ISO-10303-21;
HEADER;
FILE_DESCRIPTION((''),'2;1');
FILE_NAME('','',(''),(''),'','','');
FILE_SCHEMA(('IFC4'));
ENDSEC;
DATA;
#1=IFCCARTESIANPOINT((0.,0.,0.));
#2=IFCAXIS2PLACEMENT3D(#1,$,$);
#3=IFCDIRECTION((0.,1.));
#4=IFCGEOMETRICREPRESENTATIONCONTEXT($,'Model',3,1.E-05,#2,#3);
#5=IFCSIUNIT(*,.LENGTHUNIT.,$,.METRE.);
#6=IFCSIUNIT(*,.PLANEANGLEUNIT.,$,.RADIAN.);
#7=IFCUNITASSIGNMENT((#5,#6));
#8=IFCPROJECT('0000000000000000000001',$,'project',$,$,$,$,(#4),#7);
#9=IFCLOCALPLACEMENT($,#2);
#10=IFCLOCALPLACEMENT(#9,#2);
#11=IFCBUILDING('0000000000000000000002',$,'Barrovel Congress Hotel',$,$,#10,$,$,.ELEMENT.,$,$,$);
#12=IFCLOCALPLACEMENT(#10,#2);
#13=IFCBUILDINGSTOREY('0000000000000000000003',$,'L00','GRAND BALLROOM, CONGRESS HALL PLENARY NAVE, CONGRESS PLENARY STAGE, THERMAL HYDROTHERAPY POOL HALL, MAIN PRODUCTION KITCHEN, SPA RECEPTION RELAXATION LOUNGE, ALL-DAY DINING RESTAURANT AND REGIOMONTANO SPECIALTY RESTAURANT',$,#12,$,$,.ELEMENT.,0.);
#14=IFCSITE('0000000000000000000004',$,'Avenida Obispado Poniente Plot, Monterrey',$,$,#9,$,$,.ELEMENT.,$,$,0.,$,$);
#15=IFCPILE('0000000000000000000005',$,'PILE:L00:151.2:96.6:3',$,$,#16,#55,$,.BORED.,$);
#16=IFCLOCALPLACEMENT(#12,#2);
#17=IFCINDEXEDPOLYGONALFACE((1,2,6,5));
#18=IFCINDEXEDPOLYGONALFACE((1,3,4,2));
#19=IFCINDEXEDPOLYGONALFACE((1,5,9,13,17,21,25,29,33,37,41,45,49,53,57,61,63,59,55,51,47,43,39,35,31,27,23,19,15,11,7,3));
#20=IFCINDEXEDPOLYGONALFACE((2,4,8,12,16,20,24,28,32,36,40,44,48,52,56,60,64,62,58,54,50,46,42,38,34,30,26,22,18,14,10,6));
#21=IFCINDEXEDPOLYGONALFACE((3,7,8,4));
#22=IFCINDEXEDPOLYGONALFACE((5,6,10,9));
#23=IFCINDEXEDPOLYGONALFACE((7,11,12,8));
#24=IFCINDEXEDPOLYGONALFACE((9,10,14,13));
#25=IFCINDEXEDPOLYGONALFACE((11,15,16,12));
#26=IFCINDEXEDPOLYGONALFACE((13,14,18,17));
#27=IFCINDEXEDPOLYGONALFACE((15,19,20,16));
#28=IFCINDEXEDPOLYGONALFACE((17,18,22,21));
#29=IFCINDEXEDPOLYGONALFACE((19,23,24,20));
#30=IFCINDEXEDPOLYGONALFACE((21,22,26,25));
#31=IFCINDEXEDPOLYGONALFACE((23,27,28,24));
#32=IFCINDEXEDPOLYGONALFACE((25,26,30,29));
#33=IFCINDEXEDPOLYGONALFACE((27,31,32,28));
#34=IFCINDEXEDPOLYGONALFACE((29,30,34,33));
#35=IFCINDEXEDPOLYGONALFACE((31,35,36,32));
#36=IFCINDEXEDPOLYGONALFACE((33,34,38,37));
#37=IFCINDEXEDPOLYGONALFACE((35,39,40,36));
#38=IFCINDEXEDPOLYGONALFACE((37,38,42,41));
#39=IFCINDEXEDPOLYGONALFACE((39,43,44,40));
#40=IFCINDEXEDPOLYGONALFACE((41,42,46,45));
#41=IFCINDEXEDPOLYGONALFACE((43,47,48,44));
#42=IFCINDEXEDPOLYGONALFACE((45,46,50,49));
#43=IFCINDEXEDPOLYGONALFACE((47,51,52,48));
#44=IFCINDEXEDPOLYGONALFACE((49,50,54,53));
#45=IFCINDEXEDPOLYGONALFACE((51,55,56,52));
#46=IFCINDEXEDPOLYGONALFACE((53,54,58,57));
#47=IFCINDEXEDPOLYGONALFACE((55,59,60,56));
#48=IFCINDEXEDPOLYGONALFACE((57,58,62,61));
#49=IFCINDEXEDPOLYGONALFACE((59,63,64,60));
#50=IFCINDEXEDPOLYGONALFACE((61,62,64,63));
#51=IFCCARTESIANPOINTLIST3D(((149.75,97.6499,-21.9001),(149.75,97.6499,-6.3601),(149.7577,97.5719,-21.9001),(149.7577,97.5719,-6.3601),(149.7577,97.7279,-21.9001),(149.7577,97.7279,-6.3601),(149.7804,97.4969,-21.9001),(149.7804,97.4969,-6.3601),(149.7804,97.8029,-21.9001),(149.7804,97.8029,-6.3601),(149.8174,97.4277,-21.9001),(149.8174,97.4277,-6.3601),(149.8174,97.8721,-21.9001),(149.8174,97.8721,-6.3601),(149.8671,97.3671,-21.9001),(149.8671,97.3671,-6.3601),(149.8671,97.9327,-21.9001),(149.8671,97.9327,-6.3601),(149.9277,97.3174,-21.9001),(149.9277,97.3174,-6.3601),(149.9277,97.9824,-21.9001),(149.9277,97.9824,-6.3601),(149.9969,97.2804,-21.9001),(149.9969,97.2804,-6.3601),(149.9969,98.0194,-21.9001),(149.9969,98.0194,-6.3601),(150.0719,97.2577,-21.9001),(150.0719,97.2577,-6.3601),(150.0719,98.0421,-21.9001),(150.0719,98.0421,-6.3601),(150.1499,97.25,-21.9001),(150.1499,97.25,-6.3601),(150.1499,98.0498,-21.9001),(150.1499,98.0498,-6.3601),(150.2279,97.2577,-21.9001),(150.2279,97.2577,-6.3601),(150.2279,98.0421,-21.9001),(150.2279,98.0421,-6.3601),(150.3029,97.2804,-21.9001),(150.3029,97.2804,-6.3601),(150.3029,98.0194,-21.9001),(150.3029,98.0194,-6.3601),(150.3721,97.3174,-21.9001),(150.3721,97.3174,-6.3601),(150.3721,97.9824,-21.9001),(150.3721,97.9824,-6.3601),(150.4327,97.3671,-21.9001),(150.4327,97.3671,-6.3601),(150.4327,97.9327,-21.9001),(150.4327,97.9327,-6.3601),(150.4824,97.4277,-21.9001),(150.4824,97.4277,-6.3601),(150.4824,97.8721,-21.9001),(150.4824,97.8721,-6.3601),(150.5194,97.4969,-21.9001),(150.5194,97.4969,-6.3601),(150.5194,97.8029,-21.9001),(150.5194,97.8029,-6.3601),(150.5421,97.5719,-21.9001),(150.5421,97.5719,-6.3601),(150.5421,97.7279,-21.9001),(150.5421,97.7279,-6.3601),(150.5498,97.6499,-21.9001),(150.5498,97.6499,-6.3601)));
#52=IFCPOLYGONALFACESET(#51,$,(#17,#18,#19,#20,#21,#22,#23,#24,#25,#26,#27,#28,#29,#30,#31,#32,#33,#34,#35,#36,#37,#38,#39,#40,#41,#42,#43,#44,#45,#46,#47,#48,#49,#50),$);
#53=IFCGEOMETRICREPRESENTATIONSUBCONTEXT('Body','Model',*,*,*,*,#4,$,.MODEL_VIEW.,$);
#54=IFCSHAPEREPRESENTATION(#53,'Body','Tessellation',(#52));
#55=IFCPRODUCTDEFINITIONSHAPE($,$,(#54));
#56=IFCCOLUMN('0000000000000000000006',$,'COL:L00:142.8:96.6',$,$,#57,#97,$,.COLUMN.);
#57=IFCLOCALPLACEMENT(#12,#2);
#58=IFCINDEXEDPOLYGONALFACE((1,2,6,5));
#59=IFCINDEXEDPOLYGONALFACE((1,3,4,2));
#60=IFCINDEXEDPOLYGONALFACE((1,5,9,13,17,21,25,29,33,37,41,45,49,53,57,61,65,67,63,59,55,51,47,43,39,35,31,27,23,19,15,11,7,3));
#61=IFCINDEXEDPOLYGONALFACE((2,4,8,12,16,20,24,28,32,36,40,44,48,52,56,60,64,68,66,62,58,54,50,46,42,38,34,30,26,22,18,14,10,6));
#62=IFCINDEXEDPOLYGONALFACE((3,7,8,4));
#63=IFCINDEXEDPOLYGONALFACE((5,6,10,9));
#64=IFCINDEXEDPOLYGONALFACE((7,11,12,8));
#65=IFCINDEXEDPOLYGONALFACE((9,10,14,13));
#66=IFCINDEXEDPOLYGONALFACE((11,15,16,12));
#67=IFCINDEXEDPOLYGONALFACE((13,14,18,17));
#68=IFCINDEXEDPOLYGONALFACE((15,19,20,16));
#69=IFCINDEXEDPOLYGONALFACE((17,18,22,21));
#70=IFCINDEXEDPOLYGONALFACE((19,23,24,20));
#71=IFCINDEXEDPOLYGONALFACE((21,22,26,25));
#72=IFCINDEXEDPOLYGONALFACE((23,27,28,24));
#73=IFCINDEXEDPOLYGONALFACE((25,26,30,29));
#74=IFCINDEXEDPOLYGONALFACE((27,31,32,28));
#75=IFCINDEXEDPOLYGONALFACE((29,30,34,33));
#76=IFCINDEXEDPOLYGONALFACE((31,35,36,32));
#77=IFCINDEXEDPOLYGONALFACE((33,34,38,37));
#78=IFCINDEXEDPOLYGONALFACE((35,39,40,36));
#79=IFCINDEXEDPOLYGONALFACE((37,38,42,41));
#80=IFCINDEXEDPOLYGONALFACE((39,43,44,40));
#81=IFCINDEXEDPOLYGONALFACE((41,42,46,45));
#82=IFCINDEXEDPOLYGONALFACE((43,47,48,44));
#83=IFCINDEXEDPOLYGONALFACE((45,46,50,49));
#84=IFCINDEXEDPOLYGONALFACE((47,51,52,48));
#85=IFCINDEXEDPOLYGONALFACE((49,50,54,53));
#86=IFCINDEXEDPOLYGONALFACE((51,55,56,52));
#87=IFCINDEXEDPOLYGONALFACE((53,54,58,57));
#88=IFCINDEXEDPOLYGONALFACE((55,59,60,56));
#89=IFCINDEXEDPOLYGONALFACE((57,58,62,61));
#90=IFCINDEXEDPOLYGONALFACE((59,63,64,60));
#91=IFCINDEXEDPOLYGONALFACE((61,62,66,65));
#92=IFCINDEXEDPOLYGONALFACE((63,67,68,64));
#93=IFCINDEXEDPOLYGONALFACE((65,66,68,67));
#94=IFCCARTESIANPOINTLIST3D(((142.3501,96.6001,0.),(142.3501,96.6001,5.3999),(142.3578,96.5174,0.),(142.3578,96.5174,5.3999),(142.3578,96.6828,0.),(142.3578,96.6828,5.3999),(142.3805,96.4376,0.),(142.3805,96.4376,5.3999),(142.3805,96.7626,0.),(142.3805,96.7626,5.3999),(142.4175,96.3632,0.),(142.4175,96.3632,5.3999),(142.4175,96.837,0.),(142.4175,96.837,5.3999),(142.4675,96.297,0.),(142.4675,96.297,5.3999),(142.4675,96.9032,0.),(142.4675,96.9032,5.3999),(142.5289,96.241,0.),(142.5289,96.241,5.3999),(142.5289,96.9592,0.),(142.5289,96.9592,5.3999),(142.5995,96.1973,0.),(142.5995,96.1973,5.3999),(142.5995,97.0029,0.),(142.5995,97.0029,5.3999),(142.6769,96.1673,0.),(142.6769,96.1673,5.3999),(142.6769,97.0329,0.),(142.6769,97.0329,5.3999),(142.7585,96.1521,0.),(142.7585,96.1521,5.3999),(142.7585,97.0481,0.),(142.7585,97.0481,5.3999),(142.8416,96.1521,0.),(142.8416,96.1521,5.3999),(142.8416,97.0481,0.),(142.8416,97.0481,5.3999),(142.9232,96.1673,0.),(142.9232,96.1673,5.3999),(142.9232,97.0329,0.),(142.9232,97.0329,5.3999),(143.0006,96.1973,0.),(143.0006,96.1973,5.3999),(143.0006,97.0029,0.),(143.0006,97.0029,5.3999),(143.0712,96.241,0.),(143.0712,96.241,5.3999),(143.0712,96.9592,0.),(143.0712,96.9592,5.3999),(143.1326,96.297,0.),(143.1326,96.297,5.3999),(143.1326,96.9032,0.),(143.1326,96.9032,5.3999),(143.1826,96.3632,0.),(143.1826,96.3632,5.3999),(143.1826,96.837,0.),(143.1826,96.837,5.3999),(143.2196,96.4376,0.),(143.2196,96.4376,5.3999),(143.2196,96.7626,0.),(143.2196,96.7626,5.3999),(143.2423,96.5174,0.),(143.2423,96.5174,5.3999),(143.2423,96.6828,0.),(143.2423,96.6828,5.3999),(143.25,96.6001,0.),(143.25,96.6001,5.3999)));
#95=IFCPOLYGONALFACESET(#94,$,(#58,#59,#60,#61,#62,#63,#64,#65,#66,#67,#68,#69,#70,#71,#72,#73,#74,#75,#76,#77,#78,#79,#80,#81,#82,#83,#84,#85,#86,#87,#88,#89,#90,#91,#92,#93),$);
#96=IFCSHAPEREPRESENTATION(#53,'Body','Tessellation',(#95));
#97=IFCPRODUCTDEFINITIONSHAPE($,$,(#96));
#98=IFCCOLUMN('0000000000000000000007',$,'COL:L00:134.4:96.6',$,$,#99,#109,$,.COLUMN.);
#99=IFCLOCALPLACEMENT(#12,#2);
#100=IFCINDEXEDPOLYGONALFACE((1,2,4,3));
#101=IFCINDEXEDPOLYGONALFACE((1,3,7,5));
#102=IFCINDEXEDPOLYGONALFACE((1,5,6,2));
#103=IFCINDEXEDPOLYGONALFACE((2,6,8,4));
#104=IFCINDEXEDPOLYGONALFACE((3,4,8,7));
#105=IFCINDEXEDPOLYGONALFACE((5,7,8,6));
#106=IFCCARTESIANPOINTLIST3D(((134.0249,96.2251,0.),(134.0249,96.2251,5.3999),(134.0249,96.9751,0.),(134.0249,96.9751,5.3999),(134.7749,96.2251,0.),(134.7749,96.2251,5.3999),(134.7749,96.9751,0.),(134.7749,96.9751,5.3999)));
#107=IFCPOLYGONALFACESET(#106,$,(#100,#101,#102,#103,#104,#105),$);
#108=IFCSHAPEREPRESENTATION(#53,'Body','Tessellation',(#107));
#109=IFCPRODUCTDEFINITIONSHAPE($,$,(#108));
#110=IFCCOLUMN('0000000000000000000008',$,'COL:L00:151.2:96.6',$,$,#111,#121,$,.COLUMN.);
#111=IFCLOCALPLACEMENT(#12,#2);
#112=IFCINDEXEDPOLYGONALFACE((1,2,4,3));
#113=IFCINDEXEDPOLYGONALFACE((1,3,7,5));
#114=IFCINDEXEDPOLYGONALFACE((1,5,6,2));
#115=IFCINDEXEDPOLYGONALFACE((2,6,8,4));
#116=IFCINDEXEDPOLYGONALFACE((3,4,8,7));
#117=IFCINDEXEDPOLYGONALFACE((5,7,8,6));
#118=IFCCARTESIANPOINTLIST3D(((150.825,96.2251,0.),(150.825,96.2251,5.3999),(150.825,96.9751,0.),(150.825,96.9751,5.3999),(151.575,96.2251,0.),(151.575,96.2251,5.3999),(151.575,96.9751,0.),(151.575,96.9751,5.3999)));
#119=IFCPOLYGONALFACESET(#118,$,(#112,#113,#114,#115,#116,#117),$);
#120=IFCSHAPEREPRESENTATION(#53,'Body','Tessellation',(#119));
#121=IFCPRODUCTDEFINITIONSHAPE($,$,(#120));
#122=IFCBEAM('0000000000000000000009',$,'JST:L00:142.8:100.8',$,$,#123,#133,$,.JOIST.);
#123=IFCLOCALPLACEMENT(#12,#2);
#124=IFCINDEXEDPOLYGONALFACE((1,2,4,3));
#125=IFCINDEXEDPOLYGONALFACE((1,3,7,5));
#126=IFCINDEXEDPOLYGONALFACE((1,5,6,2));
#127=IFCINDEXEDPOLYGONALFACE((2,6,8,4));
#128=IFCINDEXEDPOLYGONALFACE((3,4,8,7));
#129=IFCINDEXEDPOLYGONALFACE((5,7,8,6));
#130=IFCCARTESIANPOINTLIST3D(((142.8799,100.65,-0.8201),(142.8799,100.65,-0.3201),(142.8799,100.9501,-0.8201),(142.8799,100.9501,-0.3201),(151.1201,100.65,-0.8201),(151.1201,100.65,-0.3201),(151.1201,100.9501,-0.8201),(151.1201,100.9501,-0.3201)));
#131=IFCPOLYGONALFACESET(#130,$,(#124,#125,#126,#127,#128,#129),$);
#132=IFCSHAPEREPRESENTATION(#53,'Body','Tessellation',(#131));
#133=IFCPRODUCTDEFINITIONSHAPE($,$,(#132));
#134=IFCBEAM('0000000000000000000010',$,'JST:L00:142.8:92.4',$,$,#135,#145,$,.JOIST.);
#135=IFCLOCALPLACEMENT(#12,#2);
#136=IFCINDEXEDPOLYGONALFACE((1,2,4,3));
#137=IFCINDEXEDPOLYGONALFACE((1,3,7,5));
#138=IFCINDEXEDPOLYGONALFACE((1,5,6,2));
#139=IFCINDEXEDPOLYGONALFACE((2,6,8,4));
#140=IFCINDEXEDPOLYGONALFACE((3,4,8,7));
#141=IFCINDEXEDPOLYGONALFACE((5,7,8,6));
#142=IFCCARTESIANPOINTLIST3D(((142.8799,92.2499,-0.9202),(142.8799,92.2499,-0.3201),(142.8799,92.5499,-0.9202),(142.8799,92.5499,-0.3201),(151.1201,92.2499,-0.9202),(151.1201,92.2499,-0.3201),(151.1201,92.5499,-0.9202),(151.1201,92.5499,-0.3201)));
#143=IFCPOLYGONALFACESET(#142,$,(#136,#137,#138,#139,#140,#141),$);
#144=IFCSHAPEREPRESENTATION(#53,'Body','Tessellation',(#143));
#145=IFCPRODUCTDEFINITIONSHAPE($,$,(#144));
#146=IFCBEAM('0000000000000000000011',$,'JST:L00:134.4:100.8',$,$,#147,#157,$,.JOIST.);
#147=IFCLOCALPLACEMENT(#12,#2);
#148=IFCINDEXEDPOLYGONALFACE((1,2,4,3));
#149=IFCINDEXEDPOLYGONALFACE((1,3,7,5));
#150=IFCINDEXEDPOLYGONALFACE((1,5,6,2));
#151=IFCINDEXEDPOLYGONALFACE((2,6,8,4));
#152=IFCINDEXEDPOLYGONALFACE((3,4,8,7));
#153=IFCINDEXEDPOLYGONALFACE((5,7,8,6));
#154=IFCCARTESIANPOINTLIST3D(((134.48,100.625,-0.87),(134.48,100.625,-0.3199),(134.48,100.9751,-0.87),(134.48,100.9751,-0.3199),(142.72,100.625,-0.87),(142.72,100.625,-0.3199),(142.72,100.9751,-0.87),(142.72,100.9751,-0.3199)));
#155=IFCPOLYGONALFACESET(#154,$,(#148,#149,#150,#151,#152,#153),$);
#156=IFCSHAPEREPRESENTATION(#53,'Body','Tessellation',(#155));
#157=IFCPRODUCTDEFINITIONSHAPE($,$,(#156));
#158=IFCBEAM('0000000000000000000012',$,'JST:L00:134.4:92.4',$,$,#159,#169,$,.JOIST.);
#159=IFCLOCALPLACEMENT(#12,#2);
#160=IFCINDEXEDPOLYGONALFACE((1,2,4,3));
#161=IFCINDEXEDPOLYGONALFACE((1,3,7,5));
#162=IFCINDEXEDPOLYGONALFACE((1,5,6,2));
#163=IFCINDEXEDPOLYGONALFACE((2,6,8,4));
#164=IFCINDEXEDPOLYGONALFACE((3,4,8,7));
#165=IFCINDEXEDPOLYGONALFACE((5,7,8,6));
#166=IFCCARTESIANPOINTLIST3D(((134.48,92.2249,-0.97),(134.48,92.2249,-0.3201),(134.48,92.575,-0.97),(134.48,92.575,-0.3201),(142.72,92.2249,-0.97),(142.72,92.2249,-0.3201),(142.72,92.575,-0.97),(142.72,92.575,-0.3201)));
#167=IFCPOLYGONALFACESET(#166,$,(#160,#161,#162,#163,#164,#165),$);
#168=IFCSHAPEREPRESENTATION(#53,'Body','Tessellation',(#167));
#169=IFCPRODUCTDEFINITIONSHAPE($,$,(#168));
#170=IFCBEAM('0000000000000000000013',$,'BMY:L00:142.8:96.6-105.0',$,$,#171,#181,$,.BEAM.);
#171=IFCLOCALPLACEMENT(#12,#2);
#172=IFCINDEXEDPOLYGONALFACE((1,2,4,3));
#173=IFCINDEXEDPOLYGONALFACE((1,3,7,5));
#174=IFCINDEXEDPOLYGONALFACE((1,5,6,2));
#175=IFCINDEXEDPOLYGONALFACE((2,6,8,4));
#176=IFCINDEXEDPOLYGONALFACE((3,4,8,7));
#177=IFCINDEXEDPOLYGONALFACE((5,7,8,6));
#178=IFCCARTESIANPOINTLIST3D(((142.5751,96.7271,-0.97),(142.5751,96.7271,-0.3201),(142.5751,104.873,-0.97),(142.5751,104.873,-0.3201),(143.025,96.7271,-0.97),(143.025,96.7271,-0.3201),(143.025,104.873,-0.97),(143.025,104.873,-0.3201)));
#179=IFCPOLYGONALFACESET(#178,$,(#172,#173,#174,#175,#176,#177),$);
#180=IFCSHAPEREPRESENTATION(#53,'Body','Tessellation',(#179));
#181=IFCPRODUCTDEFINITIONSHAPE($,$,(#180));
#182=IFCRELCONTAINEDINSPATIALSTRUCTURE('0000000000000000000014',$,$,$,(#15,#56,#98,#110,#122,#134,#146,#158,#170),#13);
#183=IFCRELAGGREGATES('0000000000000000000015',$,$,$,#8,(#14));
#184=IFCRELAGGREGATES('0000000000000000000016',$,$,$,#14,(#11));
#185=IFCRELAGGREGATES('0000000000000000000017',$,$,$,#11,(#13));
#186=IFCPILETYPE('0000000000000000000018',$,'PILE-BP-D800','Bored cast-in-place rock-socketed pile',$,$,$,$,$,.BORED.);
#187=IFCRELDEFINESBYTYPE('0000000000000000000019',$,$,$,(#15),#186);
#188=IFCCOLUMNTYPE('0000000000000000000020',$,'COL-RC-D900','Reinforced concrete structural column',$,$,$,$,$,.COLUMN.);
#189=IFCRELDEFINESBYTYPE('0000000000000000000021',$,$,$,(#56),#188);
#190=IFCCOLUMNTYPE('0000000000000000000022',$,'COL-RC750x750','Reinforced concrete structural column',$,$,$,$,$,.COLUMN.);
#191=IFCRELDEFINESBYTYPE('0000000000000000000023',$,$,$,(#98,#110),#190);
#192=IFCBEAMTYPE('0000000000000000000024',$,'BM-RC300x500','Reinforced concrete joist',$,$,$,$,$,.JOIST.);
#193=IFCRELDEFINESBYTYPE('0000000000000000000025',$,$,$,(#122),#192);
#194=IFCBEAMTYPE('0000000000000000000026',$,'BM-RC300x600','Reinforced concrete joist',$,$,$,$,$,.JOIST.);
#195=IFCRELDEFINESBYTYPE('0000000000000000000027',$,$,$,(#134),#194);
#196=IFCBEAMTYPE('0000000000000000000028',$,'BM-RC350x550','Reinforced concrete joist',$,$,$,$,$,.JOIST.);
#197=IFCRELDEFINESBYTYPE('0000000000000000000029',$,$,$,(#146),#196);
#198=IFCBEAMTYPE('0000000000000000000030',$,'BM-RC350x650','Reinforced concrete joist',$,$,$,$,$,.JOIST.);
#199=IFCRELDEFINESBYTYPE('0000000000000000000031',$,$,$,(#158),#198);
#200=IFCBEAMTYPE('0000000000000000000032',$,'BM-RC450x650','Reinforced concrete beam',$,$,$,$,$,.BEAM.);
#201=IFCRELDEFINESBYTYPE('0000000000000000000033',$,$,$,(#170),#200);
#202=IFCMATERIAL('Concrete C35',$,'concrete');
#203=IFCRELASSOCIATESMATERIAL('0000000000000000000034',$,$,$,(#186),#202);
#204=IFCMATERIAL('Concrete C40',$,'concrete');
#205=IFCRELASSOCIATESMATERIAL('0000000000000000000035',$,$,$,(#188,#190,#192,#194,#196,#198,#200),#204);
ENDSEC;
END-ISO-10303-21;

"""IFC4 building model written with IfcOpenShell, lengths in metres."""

from ifc_helpers import new_model, si_unit, direction, frame, origin, origin_2d, place, context, subcontext, project, spatial, rectangle, circle, extrude, material, material_profile, profile_set, type_object, element, save


model = new_model("IFC4")

# Units and contexts
model_context = context("Model", 3, precision=1e-05, world=origin(), true_north=direction((0.0, 1.0)))
body_context = subcontext(model_context, "Body", "Model", "MODEL_VIEW")
ifc_project = project(units=[si_unit("LENGTHUNIT", "METRE"), si_unit("PLANEANGLEUNIT", "RADIAN")], contexts=[model_context])

# Site, building, storey
site_placement = place(None, origin())
site = spatial("IfcSite", under=ifc_project, at=site_placement, Name="Avenida Obispado Poniente Plot, Monterrey", CompositionType="ELEMENT", RefElevation=0.0)
building_placement = place(site_placement, origin())
building = spatial("IfcBuilding", under=site, at=building_placement, Name="Barrovel Congress Hotel", CompositionType="ELEMENT")
storey_placement = place(building_placement, origin())
storey = spatial("IfcBuildingStorey", under=building, at=storey_placement, Name="L00", Description="GRAND BALLROOM, CONGRESS HALL PLENARY NAVE, CONGRESS PLENARY STAGE, THERMAL HYDROTHERAPY POOL HALL, MAIN PRODUCTION KITCHEN, SPA RECEPTION RELAXATION LOUNGE, ALL-DAY DINING RESTAURANT AND REGIOMONTANO SPECIALTY RESTAURANT", CompositionType="ELEMENT", Elevation=0.0)

# Shared definitions
ifc_material_1 = material(Name="Concrete C40", Category="concrete")

# Pile
ifc_material_2 = material(Name="Concrete C35", Category="concrete")
ifc_material_profile_1 = material_profile(ifc_material_2, circle(Radius=0.3999, at=origin_2d()), Name="BP-D800")
ifc_profile_set_1 = profile_set([ifc_material_profile_1], Name="Concrete C35")
pile_type = type_object("IfcPileType", Name="PILE-BP-D800", Description="Bored cast-in-place rock-socketed pile", PredefinedType="BORED", material=ifc_profile_set_1)
for number, where, z_axis, x_axis, name in (
    (1, (150.1499, 97.6499, -6.3601), (0.0, 0.0, -1.0), (1.0, 0.0, 0.0), "PILE:L00:151.2:96.6:3"),
):
    element("IfcPile", number, at=place(storey_placement, frame(where, z_axis=z_axis, x_axis=x_axis)), inside=storey, type_object=pile_type, Name=name, PredefinedType="BORED", context=body_context, shape_type="SweptSolid", body=[
        extrude(circle(Radius=0.3999, at=origin_2d()), origin(), (0.0, 0.0, 1.0), 15.54),
    ])

# Columns
ifc_material_profile_2 = material_profile(ifc_material_1, circle(Radius=0.45, at=origin_2d()), Name="RC-D900")
ifc_profile_set_2 = profile_set([ifc_material_profile_2], Name="Concrete C40")
column_type_1 = type_object("IfcColumnType", Name="COL-RC-D900", Description="Reinforced concrete structural column", PredefinedType="COLUMN", material=ifc_profile_set_2)
column_placement = place(storey_placement, frame((142.8, 96.6001, 0.0), z_axis=(0.0, 0.0, 1.0), x_axis=(1.0, 0.0, 0.0)))
element("IfcColumn", 2, at=column_placement, inside=storey, type_object=column_type_1, Name="COL:L00:142.8:96.6", PredefinedType="COLUMN", context=body_context, shape_type="SweptSolid", body=[
    extrude(circle(Radius=0.45, at=origin_2d()), origin(), (0.0, 0.0, 1.0), 5.3999),
])
ifc_material_profile_3 = material_profile(ifc_material_1, rectangle(XDim=0.75, YDim=0.75, at=origin_2d()), Name="RC750x750")
ifc_profile_set_3 = profile_set([ifc_material_profile_3], Name="Concrete C40")
column_type_2 = type_object("IfcColumnType", Name="COL-RC750x750", Description="Reinforced concrete structural column", PredefinedType="COLUMN", material=ifc_profile_set_3)
for number, where, z_axis, x_axis, name in (
    (3, (134.3999, 96.6001, 0.0), (0.0, 0.0, 1.0), (1.0, 0.0, 0.0), "COL:L00:134.4:96.6"),
    (4, (151.2, 96.6001, 0.0), (0.0, 0.0, 1.0), (1.0, 0.0, 0.0), "COL:L00:151.2:96.6"),
):
    element("IfcColumn", number, at=place(storey_placement, frame(where, z_axis=z_axis, x_axis=x_axis)), inside=storey, type_object=column_type_2, Name=name, PredefinedType="COLUMN", context=body_context, shape_type="SweptSolid", body=[
        extrude(rectangle(XDim=0.75, YDim=0.75, at=origin_2d()), origin(), (0.0, 0.0, 1.0), 5.3999),
    ])

# Beams
ifc_material_profile_4 = material_profile(ifc_material_1, rectangle(XDim=0.3, YDim=0.5, at=origin_2d()), Name="RC300x500")
ifc_profile_set_4 = profile_set([ifc_material_profile_4], Name="Concrete C40")
beam_type_1 = type_object("IfcBeamType", Name="BM-RC300x500", Description="Reinforced concrete joist", PredefinedType="JOIST", material=ifc_profile_set_4)
beam_1_placement = place(storey_placement, frame((142.8799, 100.8, -0.5701), z_axis=(1.0, 0.0, 0.0), x_axis=(0.0, 1.0, 0.0)))
element("IfcBeam", 5, at=beam_1_placement, inside=storey, type_object=beam_type_1, Name="JST:L00:142.8:100.8", PredefinedType="JOIST", context=body_context, shape_type="SweptSolid", body=[
    extrude(rectangle(XDim=0.3, YDim=0.5, at=origin_2d()), origin(), (0.0, 0.0, 1.0), 8.2402),
])
ifc_material_profile_5 = material_profile(ifc_material_1, rectangle(XDim=0.3, YDim=0.6001, at=origin_2d()), Name="RC300x600")
ifc_profile_set_5 = profile_set([ifc_material_profile_5], Name="Concrete C40")
beam_type_2 = type_object("IfcBeamType", Name="BM-RC300x600", Description="Reinforced concrete joist", PredefinedType="JOIST", material=ifc_profile_set_5)
beam_2_placement = place(storey_placement, frame((142.8799, 92.3999, -0.6201), z_axis=(1.0, 0.0, 0.0), x_axis=(0.0, 1.0, 0.0)))
element("IfcBeam", 6, at=beam_2_placement, inside=storey, type_object=beam_type_2, Name="JST:L00:142.8:92.4", PredefinedType="JOIST", context=body_context, shape_type="SweptSolid", body=[
    extrude(rectangle(XDim=0.3, YDim=0.6001, at=origin_2d()), origin(), (0.0, 0.0, 1.0), 8.2402),
])
ifc_material_profile_6 = material_profile(ifc_material_1, rectangle(XDim=0.3501, YDim=0.55, at=origin_2d()), Name="RC350x550")
ifc_profile_set_6 = profile_set([ifc_material_profile_6], Name="Concrete C40")
beam_type_3 = type_object("IfcBeamType", Name="BM-RC350x550", Description="Reinforced concrete joist", PredefinedType="JOIST", material=ifc_profile_set_6)
beam_3_placement = place(storey_placement, frame((134.48, 100.8, -0.595), z_axis=(1.0, 0.0, 0.0), x_axis=(0.0, 1.0, 0.0)))
element("IfcBeam", 7, at=beam_3_placement, inside=storey, type_object=beam_type_3, Name="JST:L00:134.4:100.8", PredefinedType="JOIST", context=body_context, shape_type="SweptSolid", body=[
    extrude(rectangle(XDim=0.3501, YDim=0.55, at=origin_2d()), origin(), (0.0, 0.0, 1.0), 8.24),
])
ifc_material_profile_7 = material_profile(ifc_material_1, rectangle(XDim=0.3501, YDim=0.6499, at=origin_2d()), Name="RC350x650")
ifc_profile_set_7 = profile_set([ifc_material_profile_7], Name="Concrete C40")
beam_type_4 = type_object("IfcBeamType", Name="BM-RC350x650", Description="Reinforced concrete joist", PredefinedType="JOIST", material=ifc_profile_set_7)
beam_4_placement = place(storey_placement, frame((134.48, 92.3999, -0.645), z_axis=(1.0, 0.0, 0.0), x_axis=(0.0, 1.0, 0.0)))
element("IfcBeam", 8, at=beam_4_placement, inside=storey, type_object=beam_type_4, Name="JST:L00:134.4:92.4", PredefinedType="JOIST", context=body_context, shape_type="SweptSolid", body=[
    extrude(rectangle(XDim=0.3501, YDim=0.6499, at=origin_2d()), origin(), (0.0, 0.0, 1.0), 8.24),
])
ifc_material_profile_8 = material_profile(ifc_material_1, rectangle(XDim=0.45, YDim=0.6499, at=origin_2d()), Name="RC450x650")
ifc_profile_set_8 = profile_set([ifc_material_profile_8], Name="Concrete C40")
beam_type_5 = type_object("IfcBeamType", Name="BM-RC450x650", Description="Reinforced concrete beam", PredefinedType="BEAM", material=ifc_profile_set_8)
beam_5_placement = place(storey_placement, frame((142.8, 96.7271, -0.645), z_axis=(0.0, 1.0, 0.0), x_axis=(-1.0, 0.0, 0.0)))
element("IfcBeam", 9, at=beam_5_placement, inside=storey, type_object=beam_type_5, Name="BMY:L00:142.8:96.6-105.0", PredefinedType="BEAM", context=body_context, shape_type="SweptSolid", body=[
    extrude(rectangle(XDim=0.45, YDim=0.6499, at=origin_2d()), origin(), (0.0, 0.0, 1.0), 8.146),
])

save(model, "model.ifc")
